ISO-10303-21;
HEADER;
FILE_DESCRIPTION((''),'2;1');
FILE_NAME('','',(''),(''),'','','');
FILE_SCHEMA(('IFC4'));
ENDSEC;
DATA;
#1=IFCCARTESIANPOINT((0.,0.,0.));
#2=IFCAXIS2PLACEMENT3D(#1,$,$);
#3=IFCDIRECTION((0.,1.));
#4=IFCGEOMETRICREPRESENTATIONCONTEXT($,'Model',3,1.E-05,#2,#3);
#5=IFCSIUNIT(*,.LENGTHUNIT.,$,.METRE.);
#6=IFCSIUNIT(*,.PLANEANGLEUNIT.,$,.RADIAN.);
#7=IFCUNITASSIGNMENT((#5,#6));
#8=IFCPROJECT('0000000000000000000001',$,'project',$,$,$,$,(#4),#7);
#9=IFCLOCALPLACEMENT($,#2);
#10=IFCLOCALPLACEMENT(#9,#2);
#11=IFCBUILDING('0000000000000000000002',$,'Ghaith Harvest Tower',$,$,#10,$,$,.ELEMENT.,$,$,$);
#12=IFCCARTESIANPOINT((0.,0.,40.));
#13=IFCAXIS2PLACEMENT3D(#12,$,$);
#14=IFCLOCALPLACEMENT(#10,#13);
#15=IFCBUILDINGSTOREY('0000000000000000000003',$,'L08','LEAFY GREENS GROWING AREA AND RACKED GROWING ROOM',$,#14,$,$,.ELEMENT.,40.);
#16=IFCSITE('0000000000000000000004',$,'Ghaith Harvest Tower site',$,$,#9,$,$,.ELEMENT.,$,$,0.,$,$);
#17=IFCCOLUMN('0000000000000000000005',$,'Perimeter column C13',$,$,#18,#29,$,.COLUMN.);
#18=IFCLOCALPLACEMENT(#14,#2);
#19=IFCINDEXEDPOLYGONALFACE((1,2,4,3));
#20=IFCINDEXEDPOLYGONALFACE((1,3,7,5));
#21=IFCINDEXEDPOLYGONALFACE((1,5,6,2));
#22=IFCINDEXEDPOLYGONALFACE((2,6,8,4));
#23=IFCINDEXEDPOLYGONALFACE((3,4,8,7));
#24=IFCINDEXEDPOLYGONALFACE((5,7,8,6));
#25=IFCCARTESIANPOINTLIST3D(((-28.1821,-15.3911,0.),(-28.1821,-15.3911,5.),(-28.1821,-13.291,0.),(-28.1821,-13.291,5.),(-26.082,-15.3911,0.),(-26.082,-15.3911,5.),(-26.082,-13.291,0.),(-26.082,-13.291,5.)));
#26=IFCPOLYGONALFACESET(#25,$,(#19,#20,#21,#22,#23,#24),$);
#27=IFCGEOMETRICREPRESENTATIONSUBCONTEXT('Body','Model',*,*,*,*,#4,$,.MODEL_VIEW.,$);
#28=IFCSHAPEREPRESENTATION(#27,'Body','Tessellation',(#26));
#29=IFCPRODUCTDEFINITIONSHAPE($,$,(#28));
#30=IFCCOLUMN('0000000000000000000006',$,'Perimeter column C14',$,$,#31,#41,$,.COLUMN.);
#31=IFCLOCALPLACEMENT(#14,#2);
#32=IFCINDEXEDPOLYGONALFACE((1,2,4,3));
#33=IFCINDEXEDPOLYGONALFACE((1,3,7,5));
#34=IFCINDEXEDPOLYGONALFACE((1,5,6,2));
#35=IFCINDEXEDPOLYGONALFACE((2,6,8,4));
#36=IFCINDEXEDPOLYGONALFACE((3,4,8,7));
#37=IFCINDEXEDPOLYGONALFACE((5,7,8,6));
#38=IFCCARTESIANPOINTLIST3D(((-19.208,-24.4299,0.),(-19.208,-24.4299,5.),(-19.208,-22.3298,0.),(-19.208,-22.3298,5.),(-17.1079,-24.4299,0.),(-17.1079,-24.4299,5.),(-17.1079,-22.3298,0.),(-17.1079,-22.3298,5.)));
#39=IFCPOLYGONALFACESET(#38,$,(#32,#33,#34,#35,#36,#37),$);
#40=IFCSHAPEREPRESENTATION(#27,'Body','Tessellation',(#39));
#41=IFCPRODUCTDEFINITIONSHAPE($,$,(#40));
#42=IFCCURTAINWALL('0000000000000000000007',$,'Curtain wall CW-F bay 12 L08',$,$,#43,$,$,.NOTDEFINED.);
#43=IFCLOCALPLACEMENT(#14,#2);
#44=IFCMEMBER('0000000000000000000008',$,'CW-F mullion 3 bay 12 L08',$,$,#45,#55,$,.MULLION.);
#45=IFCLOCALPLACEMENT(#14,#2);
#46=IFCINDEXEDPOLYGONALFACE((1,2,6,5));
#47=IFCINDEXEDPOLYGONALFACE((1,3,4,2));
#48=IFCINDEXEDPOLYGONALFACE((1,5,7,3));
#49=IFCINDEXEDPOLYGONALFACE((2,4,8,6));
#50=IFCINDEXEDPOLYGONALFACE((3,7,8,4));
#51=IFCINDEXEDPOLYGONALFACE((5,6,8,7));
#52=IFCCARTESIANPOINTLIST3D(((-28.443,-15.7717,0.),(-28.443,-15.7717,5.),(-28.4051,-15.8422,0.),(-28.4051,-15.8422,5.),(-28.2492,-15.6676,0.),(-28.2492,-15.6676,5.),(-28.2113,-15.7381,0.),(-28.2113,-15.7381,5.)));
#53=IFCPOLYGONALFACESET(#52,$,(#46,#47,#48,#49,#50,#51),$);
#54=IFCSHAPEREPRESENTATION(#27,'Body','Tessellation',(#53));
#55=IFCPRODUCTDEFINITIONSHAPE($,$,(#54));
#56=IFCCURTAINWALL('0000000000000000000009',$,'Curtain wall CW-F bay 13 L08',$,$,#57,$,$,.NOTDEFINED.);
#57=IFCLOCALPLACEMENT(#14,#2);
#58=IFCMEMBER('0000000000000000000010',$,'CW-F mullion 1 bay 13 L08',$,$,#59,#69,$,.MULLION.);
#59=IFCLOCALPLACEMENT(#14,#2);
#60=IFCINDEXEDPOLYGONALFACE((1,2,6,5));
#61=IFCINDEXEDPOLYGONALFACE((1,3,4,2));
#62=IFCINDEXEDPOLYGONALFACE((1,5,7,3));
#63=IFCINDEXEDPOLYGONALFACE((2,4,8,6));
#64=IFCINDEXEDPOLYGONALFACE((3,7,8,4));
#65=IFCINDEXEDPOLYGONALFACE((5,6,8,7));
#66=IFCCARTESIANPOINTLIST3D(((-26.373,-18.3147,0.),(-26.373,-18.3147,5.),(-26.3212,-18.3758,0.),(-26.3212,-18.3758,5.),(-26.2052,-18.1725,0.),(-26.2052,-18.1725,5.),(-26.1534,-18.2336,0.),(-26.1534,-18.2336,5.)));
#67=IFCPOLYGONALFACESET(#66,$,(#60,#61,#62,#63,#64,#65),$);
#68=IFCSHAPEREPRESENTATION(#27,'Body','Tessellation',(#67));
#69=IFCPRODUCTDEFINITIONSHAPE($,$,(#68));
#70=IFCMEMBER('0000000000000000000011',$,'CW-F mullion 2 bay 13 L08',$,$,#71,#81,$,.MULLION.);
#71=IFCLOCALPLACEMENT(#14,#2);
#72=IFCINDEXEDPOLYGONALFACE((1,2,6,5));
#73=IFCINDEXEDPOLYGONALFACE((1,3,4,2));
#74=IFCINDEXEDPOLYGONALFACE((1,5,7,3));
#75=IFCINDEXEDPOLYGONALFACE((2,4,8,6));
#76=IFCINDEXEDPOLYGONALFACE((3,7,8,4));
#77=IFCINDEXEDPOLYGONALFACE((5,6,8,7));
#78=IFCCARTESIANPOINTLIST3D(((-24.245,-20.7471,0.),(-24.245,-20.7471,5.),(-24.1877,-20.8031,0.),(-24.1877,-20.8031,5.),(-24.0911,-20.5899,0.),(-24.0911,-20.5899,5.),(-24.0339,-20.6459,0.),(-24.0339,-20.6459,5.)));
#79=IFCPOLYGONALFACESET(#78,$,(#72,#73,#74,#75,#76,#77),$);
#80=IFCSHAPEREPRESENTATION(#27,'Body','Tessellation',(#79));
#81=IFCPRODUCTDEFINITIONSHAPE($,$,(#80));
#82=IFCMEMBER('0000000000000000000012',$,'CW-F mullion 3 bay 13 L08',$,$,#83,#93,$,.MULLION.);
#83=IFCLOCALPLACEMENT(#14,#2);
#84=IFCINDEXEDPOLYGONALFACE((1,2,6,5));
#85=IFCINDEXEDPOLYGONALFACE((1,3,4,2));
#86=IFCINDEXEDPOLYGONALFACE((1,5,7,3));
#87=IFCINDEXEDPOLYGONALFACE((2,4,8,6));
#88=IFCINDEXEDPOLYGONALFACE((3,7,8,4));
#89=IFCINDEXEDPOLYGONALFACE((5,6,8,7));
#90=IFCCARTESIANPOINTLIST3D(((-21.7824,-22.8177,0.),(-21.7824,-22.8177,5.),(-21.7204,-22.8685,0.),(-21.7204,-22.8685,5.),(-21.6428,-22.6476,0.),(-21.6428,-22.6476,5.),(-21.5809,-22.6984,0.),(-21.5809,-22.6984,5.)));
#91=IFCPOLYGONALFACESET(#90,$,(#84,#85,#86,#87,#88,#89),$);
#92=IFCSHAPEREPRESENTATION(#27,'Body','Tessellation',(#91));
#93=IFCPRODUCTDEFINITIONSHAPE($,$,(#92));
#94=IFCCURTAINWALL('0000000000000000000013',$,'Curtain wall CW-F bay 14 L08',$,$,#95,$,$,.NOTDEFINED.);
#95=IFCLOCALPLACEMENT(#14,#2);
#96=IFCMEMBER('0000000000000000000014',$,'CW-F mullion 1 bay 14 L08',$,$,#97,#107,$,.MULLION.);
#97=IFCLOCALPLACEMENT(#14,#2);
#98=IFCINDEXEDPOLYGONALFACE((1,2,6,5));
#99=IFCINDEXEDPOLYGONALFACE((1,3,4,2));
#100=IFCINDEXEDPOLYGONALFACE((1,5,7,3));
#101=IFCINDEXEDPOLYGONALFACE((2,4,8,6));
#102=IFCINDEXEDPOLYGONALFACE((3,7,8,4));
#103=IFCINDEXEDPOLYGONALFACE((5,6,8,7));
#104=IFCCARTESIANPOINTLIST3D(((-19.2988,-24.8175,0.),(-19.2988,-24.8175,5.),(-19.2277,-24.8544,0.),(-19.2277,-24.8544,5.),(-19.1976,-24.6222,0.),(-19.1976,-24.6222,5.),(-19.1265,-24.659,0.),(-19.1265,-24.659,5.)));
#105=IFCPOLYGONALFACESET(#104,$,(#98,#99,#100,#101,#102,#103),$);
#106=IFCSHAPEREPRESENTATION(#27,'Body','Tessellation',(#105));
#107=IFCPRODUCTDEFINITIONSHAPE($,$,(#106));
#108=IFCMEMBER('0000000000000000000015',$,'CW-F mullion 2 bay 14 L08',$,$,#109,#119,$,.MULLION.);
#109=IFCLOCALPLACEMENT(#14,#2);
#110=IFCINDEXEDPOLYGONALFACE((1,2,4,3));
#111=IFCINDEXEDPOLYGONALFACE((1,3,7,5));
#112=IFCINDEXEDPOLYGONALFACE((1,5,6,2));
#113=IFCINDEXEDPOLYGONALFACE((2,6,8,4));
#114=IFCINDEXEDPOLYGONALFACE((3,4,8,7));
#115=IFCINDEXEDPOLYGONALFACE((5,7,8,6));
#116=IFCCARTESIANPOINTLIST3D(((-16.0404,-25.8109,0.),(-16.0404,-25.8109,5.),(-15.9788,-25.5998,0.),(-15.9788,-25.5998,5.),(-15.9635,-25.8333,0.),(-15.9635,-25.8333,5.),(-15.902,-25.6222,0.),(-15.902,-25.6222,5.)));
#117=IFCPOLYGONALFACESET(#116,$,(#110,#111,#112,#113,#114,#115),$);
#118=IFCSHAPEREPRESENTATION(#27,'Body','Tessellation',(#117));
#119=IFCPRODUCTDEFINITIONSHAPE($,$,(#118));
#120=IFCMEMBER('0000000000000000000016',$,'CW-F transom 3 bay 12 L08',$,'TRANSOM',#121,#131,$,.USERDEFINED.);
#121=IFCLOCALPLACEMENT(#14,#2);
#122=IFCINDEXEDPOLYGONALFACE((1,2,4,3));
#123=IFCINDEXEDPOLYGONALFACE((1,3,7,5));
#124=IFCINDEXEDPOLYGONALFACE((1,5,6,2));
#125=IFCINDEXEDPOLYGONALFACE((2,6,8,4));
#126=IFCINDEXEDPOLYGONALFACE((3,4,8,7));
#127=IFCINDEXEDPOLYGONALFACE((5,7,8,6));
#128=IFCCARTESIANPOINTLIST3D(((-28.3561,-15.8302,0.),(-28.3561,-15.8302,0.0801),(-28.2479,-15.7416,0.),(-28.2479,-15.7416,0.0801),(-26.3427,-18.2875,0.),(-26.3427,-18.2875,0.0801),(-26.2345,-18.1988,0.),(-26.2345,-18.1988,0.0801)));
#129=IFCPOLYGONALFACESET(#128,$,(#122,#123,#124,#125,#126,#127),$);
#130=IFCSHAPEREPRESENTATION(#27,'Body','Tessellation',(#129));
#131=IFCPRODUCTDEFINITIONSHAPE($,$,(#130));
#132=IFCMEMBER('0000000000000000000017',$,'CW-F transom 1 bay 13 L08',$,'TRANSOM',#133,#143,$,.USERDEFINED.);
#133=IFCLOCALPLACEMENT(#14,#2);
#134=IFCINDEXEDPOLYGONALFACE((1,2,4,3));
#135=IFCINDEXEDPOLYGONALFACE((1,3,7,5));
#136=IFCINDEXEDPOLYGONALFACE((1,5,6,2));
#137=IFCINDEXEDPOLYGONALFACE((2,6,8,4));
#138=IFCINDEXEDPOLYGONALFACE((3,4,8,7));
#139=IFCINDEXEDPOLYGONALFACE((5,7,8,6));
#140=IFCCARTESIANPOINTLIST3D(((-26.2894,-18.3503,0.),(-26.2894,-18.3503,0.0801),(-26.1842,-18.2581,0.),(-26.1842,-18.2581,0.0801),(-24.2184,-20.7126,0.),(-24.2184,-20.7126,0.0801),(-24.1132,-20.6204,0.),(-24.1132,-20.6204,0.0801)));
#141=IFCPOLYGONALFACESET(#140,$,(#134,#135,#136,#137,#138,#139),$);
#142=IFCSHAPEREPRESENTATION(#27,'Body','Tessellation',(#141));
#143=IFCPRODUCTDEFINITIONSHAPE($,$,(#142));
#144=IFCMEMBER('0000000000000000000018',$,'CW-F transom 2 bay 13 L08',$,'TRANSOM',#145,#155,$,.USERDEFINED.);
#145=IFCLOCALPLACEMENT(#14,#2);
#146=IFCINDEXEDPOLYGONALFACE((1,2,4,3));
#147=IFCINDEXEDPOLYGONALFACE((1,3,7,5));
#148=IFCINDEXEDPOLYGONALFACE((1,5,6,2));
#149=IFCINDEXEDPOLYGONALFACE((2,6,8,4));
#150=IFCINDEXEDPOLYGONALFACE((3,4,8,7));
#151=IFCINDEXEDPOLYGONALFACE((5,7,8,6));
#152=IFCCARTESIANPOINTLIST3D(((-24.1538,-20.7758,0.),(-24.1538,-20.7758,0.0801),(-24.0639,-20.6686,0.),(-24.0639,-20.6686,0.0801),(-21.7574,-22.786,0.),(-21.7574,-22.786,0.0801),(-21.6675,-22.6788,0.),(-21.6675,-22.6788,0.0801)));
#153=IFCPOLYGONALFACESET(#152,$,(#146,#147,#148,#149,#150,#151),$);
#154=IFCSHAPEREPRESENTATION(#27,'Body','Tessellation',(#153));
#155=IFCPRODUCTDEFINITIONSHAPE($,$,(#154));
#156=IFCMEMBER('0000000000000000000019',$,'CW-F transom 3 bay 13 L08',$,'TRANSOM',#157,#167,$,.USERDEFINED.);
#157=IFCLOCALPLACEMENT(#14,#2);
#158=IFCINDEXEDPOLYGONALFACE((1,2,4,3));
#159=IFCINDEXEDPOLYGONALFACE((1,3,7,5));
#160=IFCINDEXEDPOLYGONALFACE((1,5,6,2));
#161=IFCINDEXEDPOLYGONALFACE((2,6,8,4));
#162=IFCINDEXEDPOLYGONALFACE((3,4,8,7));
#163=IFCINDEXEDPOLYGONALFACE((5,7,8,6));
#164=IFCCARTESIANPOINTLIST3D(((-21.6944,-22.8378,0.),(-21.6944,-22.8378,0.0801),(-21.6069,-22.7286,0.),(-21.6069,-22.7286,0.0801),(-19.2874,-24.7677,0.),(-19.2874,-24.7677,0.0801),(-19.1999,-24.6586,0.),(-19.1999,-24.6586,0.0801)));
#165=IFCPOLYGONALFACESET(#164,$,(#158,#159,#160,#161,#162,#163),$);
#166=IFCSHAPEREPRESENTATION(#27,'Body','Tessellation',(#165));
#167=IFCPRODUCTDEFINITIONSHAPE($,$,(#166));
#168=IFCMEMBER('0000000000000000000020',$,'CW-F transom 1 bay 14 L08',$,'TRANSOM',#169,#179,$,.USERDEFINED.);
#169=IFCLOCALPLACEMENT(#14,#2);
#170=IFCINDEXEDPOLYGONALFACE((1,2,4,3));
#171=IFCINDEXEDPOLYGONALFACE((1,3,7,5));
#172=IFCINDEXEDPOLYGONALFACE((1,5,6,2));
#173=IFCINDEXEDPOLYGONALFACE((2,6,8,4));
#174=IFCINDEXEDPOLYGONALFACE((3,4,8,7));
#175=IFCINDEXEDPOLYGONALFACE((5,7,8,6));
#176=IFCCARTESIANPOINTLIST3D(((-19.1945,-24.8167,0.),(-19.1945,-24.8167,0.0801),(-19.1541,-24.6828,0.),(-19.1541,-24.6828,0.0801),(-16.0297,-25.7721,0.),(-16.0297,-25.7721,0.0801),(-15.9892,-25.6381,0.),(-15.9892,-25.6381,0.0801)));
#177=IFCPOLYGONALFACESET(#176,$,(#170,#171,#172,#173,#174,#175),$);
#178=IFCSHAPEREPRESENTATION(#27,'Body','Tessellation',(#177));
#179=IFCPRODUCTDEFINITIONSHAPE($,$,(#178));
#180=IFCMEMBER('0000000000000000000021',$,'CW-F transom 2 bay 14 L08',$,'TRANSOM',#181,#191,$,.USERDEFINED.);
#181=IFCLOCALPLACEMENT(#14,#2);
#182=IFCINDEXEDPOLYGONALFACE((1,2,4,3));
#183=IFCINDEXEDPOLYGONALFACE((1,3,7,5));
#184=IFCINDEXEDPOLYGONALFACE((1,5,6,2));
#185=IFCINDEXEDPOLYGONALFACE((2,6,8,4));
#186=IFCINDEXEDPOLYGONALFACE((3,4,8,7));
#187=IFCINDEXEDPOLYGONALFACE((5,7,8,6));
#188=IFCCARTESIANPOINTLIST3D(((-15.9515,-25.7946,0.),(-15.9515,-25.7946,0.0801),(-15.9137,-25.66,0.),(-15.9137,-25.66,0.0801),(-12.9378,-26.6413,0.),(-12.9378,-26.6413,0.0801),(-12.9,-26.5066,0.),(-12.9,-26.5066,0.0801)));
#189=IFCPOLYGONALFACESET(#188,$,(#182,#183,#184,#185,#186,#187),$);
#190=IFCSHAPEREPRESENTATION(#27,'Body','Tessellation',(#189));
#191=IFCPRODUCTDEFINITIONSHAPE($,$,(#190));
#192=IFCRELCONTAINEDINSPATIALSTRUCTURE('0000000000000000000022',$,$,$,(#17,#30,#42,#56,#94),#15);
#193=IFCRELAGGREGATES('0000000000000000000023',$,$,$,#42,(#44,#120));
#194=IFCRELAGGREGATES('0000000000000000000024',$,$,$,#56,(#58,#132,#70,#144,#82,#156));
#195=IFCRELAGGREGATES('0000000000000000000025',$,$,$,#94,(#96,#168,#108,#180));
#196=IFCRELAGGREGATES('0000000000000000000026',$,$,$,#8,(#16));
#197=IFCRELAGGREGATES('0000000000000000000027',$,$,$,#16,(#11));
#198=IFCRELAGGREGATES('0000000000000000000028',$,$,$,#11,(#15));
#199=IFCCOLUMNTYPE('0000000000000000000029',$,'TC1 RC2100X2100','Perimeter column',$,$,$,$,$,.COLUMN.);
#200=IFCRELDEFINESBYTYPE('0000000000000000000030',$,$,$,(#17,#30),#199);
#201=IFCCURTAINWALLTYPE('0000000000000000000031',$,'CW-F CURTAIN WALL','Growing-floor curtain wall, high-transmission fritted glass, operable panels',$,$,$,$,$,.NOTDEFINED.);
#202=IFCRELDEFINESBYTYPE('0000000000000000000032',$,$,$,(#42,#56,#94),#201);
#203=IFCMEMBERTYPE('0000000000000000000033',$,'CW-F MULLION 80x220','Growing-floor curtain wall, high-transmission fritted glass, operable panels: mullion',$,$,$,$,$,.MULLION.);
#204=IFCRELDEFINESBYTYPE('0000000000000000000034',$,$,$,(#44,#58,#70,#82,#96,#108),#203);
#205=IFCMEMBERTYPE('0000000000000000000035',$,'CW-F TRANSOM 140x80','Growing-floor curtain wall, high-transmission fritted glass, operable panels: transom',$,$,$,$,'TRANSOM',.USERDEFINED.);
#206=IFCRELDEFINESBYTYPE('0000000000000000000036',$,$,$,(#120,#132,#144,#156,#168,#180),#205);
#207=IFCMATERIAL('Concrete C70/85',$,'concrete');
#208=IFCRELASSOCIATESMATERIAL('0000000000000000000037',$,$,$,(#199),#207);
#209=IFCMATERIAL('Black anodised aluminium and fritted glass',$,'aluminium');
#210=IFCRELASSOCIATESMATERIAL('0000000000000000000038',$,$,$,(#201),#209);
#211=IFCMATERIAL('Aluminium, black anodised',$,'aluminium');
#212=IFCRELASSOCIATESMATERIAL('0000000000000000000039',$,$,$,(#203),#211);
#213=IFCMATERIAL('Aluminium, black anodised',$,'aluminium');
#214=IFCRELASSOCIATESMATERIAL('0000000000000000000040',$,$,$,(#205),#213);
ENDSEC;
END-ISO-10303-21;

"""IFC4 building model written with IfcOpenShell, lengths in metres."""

from ifc_helpers import new_model, si_unit, direction, frame, origin, origin_2d, place, context, subcontext, project, spatial, rectangle, extrude, material, material_profile, profile_set, type_object, element, aggregate, save


model = new_model("IFC4")

# Units and contexts
model_context = context("Model", 3, precision=1e-05, world=origin(), true_north=direction((0.0, 1.0)))
body_context = subcontext(model_context, "Body", "Model", "MODEL_VIEW")
ifc_project = project(units=[si_unit("LENGTHUNIT", "METRE"), si_unit("PLANEANGLEUNIT", "RADIAN")], contexts=[model_context])

# Site, building, storey
site_placement = place(None, origin())
site = spatial("IfcSite", under=ifc_project, at=site_placement, Name="Ghaith Harvest Tower site", CompositionType="ELEMENT", RefElevation=0.0)
building_placement = place(site_placement, origin())
building = spatial("IfcBuilding", under=site, at=building_placement, Name="Ghaith Harvest Tower", CompositionType="ELEMENT")
storey_placement = place(building_placement, frame((0.0, 0.0, 40.0)))
storey = spatial("IfcBuildingStorey", under=building, at=storey_placement, Name="L08", Description="LEAFY GREENS GROWING AREA AND RACKED GROWING ROOM", CompositionType="ELEMENT", Elevation=40.0)

# Columns
ifc_material_1 = material(Name="Concrete C70/85", Category="concrete")
ifc_material_profile_1 = material_profile(ifc_material_1, rectangle(XDim=2.1001, YDim=2.1001, at=origin_2d()), Name="RC2100X2100")
ifc_profile_set_1 = profile_set([ifc_material_profile_1], Name="Concrete C70/85")
column_type = type_object("IfcColumnType", Name="TC1 RC2100X2100", Description="Perimeter column", PredefinedType="COLUMN", material=ifc_profile_set_1)
for number, where, z_axis, x_axis, name in (
    (1, (-27.1321, -14.3411, 0.0), (0.0, 0.0, 1.0), (1.0, 0.0, 0.0), "Perimeter column C13"),
    (2, (-18.158, -23.3799, 0.0), (0.0, 0.0, 1.0), (1.0, 0.0, 0.0), "Perimeter column C14"),
):
    element("IfcColumn", number, at=place(storey_placement, frame(where, z_axis=z_axis, x_axis=x_axis)), inside=storey, type_object=column_type, Name=name, PredefinedType="COLUMN", context=body_context, shape_type="SweptSolid", body=[
        extrude(rectangle(XDim=2.1001, YDim=2.1001, at=origin_2d()), origin(), (0.0, 0.0, 1.0), 5.0),
    ])

# Curtain wall, member
ifc_material_2 = material(Name="Black anodised aluminium and fritted glass", Category="aluminium")
curtain_wall_type = type_object("IfcCurtainWallType", Name="CW-F CURTAIN WALL", Description="Growing-floor curtain wall, high-transmission fritted glass, operable panels", PredefinedType="NOTDEFINED", material=ifc_material_2)
curtain_wall_1_placement = place(storey_placement, origin())
curtain_wall_1 = element("IfcCurtainWall", 3, at=curtain_wall_1_placement, inside=storey, type_object=curtain_wall_type, Name="Curtain wall CW-F bay 12 L08", PredefinedType="NOTDEFINED")
ifc_material_3 = material(Name="Aluminium, black anodised", Category="aluminium")
ifc_material_profile_2 = material_profile(ifc_material_3, rectangle(XDim=0.0801, YDim=0.22, at=origin_2d()), Name="CW-F MULLION 80x220")
ifc_profile_set_2 = profile_set([ifc_material_profile_2], Name="Aluminium, black anodised")
member_type_1 = type_object("IfcMemberType", Name="CW-F MULLION 80x220", Description="Growing-floor curtain wall, high-transmission fritted glass, operable panels: mullion", PredefinedType="MULLION", material=ifc_profile_set_2)
member_1_placement = place(storey_placement, frame((-28.3271, -15.7549, 0.0), z_axis=(0.0, 0.0, 1.0), x_axis=(0.473265, -0.88092, 0.0)))
member_1 = element("IfcMember", 4, at=member_1_placement, type_object=member_type_1, Name="CW-F mullion 3 bay 12 L08", PredefinedType="MULLION", context=body_context, shape_type="SweptSolid", body=[
    extrude(rectangle(XDim=0.0801, YDim=0.22, at=origin_2d()), origin(), (0.0, 0.0, 1.0), 5.0),
])

# Curtain walls, members
curtain_wall_2_placement = place(storey_placement, origin())
curtain_wall_2 = element("IfcCurtainWall", 5, at=curtain_wall_2_placement, inside=storey, type_object=curtain_wall_type, Name="Curtain wall CW-F bay 13 L08", PredefinedType="NOTDEFINED")
member_2_placement = place(storey_placement, frame((-26.2632, -18.2742, 0.0), z_axis=(0.0, 0.0, 1.0), x_axis=(0.646524, -0.762894, 0.0)))
member_2 = element("IfcMember", 6, at=member_2_placement, type_object=member_type_1, Name="CW-F mullion 1 bay 13 L08", PredefinedType="MULLION", context=body_context, shape_type="SweptSolid", body=[
    extrude(rectangle(XDim=0.0801, YDim=0.22, at=origin_2d()), origin(), (0.0, 0.0, 1.0), 5.0),
])
member_3_placement = place(storey_placement, frame((-24.1394, -20.6965, 0.0), z_axis=(0.0, 0.0, 1.0), x_axis=(0.714663, -0.699469, 0.0)))
member_3 = element("IfcMember", 7, at=member_3_placement, type_object=member_type_1, Name="CW-F mullion 2 bay 13 L08", PredefinedType="MULLION", context=body_context, shape_type="SweptSolid", body=[
    extrude(rectangle(XDim=0.0801, YDim=0.22, at=origin_2d()), origin(), (0.0, 0.0, 1.0), 5.0),
])
member_4_placement = place(storey_placement, frame((-21.6816, -22.7581, 0.0), z_axis=(0.0, 0.0, 1.0), x_axis=(0.773139, -0.634237, 0.0)))
member_4 = element("IfcMember", 8, at=member_4_placement, type_object=member_type_1, Name="CW-F mullion 3 bay 13 L08", PredefinedType="MULLION", context=body_context, shape_type="SweptSolid", body=[
    extrude(rectangle(XDim=0.0801, YDim=0.22, at=origin_2d()), origin(), (0.0, 0.0, 1.0), 5.0),
])
curtain_wall_3_placement = place(storey_placement, origin())
curtain_wall_3 = element("IfcCurtainWall", 9, at=curtain_wall_3_placement, inside=storey, type_object=curtain_wall_type, Name="Curtain wall CW-F bay 14 L08", PredefinedType="NOTDEFINED")
member_5_placement = place(storey_placement, frame((-19.2126, -24.7383, 0.0), z_axis=(0.0, 0.0, 1.0), x_axis=(0.887912, -0.460013, 0.0)))
member_5 = element("IfcMember", 10, at=member_5_placement, type_object=member_type_1, Name="CW-F mullion 1 bay 14 L08", PredefinedType="MULLION", context=body_context, shape_type="SweptSolid", body=[
    extrude(rectangle(XDim=0.0801, YDim=0.22, at=origin_2d()), origin(), (0.0, 0.0, 1.0), 5.0),
])
member_6_placement = place(storey_placement, frame((-15.9712, -25.7166, 0.0), z_axis=(0.0, 0.0, 1.0), x_axis=(0.960009, -0.27997, 0.0)))
member_6 = element("IfcMember", 11, at=member_6_placement, type_object=member_type_1, Name="CW-F mullion 2 bay 14 L08", PredefinedType="MULLION", context=body_context, shape_type="SweptSolid", body=[
    extrude(rectangle(XDim=0.0801, YDim=0.22, at=origin_2d()), origin(), (0.0, 0.0, 1.0), 5.0),
])

# Members
ifc_material_4 = material(Name="Aluminium, black anodised", Category="aluminium")
ifc_material_profile_3 = material_profile(ifc_material_4, rectangle(XDim=0.1399, YDim=0.0801, at=origin_2d()), Name="CW-F TRANSOM 140x80")
ifc_profile_set_3 = profile_set([ifc_material_profile_3], Name="Aluminium, black anodised")
member_type_2 = type_object("IfcMemberType", Name="CW-F TRANSOM 140x80", Description="Growing-floor curtain wall, high-transmission fritted glass, operable panels: transom", ElementType="TRANSOM", PredefinedType="USERDEFINED", material=ifc_profile_set_3)
member_7_placement = place(storey_placement, frame((-28.302, -15.7859, 0.04), z_axis=(0.63379, -0.773505, 0.0), x_axis=(0.773505, 0.63379, 0.0)))
member_7 = element("IfcMember", 12, at=member_7_placement, type_object=member_type_2, Name="CW-F transom 3 bay 12 L08", ObjectType="TRANSOM", PredefinedType="USERDEFINED", context=body_context, shape_type="SweptSolid", body=[
    extrude(rectangle(XDim=0.1399, YDim=0.0801, at=origin_2d()), origin(), (0.0, 0.0, 1.0), 3.1768),
])
member_8_placement = place(storey_placement, frame((-26.2368, -18.3042, 0.04), z_axis=(0.659231, -0.751941, 0.0), x_axis=(0.751941, 0.659231, 0.0)))
member_8 = element("IfcMember", 13, at=member_8_placement, type_object=member_type_2, Name="CW-F transom 1 bay 13 L08", ObjectType="TRANSOM", PredefinedType="USERDEFINED", context=body_context, shape_type="SweptSolid", body=[
    extrude(rectangle(XDim=0.1399, YDim=0.0801, at=origin_2d()), origin(), (0.0, 0.0, 1.0), 3.1416),
])
member_9_placement = place(storey_placement, frame((-24.1089, -20.7222, 0.04), z_axis=(0.766144, -0.642668, 0.0), x_axis=(0.642668, 0.766144, 0.0)))
member_9 = element("IfcMember", 14, at=member_9_placement, type_object=member_type_2, Name="CW-F transom 2 bay 13 L08", ObjectType="TRANSOM", PredefinedType="USERDEFINED", context=body_context, shape_type="SweptSolid", body=[
    extrude(rectangle(XDim=0.1399, YDim=0.0801, at=origin_2d()), origin(), (0.0, 0.0, 1.0), 3.1279),
])
member_10_placement = place(storey_placement, frame((-21.6506, -22.7832, 0.04), z_axis=(0.780181, -0.625554, 0.0), x_axis=(0.625554, 0.780181, 0.0)))
member_10 = element("IfcMember", 15, at=member_10_placement, type_object=member_type_2, Name="CW-F transom 3 bay 13 L08", ObjectType="TRANSOM", PredefinedType="USERDEFINED", context=body_context, shape_type="SweptSolid", body=[
    extrude(rectangle(XDim=0.1399, YDim=0.0801, at=origin_2d()), origin(), (0.0, 0.0, 1.0), 3.0852),
])
member_11_placement = place(storey_placement, frame((-19.1743, -24.7498, 0.04), z_axis=(0.957335, -0.28898, 0.0), x_axis=(0.28898, 0.957335, 0.0)))
member_11 = element("IfcMember", 16, at=member_11_placement, type_object=member_type_2, Name="CW-F transom 1 bay 14 L08", ObjectType="TRANSOM", PredefinedType="USERDEFINED", context=body_context, shape_type="SweptSolid", body=[
    extrude(rectangle(XDim=0.1399, YDim=0.0801, at=origin_2d()), origin(), (0.0, 0.0, 1.0), 3.3059),
])
member_12_placement = place(storey_placement, frame((-15.9326, -25.7273, 0.04), z_axis=(0.962727, -0.270475, 0.0), x_axis=(0.270475, 0.962727, 0.0)))
member_12 = element("IfcMember", 17, at=member_12_placement, type_object=member_type_2, Name="CW-F transom 2 bay 14 L08", ObjectType="TRANSOM", PredefinedType="USERDEFINED", context=body_context, shape_type="SweptSolid", body=[
    extrude(rectangle(XDim=0.1399, YDim=0.0801, at=origin_2d()), origin(), (0.0, 0.0, 1.0), 3.1304),
])

aggregate(curtain_wall_1, [member_1, member_7])
aggregate(curtain_wall_2, [member_2, member_8, member_3, member_9, member_4, member_10])
aggregate(curtain_wall_3, [member_5, member_11, member_6, member_12])

save(model, "model.ifc")
